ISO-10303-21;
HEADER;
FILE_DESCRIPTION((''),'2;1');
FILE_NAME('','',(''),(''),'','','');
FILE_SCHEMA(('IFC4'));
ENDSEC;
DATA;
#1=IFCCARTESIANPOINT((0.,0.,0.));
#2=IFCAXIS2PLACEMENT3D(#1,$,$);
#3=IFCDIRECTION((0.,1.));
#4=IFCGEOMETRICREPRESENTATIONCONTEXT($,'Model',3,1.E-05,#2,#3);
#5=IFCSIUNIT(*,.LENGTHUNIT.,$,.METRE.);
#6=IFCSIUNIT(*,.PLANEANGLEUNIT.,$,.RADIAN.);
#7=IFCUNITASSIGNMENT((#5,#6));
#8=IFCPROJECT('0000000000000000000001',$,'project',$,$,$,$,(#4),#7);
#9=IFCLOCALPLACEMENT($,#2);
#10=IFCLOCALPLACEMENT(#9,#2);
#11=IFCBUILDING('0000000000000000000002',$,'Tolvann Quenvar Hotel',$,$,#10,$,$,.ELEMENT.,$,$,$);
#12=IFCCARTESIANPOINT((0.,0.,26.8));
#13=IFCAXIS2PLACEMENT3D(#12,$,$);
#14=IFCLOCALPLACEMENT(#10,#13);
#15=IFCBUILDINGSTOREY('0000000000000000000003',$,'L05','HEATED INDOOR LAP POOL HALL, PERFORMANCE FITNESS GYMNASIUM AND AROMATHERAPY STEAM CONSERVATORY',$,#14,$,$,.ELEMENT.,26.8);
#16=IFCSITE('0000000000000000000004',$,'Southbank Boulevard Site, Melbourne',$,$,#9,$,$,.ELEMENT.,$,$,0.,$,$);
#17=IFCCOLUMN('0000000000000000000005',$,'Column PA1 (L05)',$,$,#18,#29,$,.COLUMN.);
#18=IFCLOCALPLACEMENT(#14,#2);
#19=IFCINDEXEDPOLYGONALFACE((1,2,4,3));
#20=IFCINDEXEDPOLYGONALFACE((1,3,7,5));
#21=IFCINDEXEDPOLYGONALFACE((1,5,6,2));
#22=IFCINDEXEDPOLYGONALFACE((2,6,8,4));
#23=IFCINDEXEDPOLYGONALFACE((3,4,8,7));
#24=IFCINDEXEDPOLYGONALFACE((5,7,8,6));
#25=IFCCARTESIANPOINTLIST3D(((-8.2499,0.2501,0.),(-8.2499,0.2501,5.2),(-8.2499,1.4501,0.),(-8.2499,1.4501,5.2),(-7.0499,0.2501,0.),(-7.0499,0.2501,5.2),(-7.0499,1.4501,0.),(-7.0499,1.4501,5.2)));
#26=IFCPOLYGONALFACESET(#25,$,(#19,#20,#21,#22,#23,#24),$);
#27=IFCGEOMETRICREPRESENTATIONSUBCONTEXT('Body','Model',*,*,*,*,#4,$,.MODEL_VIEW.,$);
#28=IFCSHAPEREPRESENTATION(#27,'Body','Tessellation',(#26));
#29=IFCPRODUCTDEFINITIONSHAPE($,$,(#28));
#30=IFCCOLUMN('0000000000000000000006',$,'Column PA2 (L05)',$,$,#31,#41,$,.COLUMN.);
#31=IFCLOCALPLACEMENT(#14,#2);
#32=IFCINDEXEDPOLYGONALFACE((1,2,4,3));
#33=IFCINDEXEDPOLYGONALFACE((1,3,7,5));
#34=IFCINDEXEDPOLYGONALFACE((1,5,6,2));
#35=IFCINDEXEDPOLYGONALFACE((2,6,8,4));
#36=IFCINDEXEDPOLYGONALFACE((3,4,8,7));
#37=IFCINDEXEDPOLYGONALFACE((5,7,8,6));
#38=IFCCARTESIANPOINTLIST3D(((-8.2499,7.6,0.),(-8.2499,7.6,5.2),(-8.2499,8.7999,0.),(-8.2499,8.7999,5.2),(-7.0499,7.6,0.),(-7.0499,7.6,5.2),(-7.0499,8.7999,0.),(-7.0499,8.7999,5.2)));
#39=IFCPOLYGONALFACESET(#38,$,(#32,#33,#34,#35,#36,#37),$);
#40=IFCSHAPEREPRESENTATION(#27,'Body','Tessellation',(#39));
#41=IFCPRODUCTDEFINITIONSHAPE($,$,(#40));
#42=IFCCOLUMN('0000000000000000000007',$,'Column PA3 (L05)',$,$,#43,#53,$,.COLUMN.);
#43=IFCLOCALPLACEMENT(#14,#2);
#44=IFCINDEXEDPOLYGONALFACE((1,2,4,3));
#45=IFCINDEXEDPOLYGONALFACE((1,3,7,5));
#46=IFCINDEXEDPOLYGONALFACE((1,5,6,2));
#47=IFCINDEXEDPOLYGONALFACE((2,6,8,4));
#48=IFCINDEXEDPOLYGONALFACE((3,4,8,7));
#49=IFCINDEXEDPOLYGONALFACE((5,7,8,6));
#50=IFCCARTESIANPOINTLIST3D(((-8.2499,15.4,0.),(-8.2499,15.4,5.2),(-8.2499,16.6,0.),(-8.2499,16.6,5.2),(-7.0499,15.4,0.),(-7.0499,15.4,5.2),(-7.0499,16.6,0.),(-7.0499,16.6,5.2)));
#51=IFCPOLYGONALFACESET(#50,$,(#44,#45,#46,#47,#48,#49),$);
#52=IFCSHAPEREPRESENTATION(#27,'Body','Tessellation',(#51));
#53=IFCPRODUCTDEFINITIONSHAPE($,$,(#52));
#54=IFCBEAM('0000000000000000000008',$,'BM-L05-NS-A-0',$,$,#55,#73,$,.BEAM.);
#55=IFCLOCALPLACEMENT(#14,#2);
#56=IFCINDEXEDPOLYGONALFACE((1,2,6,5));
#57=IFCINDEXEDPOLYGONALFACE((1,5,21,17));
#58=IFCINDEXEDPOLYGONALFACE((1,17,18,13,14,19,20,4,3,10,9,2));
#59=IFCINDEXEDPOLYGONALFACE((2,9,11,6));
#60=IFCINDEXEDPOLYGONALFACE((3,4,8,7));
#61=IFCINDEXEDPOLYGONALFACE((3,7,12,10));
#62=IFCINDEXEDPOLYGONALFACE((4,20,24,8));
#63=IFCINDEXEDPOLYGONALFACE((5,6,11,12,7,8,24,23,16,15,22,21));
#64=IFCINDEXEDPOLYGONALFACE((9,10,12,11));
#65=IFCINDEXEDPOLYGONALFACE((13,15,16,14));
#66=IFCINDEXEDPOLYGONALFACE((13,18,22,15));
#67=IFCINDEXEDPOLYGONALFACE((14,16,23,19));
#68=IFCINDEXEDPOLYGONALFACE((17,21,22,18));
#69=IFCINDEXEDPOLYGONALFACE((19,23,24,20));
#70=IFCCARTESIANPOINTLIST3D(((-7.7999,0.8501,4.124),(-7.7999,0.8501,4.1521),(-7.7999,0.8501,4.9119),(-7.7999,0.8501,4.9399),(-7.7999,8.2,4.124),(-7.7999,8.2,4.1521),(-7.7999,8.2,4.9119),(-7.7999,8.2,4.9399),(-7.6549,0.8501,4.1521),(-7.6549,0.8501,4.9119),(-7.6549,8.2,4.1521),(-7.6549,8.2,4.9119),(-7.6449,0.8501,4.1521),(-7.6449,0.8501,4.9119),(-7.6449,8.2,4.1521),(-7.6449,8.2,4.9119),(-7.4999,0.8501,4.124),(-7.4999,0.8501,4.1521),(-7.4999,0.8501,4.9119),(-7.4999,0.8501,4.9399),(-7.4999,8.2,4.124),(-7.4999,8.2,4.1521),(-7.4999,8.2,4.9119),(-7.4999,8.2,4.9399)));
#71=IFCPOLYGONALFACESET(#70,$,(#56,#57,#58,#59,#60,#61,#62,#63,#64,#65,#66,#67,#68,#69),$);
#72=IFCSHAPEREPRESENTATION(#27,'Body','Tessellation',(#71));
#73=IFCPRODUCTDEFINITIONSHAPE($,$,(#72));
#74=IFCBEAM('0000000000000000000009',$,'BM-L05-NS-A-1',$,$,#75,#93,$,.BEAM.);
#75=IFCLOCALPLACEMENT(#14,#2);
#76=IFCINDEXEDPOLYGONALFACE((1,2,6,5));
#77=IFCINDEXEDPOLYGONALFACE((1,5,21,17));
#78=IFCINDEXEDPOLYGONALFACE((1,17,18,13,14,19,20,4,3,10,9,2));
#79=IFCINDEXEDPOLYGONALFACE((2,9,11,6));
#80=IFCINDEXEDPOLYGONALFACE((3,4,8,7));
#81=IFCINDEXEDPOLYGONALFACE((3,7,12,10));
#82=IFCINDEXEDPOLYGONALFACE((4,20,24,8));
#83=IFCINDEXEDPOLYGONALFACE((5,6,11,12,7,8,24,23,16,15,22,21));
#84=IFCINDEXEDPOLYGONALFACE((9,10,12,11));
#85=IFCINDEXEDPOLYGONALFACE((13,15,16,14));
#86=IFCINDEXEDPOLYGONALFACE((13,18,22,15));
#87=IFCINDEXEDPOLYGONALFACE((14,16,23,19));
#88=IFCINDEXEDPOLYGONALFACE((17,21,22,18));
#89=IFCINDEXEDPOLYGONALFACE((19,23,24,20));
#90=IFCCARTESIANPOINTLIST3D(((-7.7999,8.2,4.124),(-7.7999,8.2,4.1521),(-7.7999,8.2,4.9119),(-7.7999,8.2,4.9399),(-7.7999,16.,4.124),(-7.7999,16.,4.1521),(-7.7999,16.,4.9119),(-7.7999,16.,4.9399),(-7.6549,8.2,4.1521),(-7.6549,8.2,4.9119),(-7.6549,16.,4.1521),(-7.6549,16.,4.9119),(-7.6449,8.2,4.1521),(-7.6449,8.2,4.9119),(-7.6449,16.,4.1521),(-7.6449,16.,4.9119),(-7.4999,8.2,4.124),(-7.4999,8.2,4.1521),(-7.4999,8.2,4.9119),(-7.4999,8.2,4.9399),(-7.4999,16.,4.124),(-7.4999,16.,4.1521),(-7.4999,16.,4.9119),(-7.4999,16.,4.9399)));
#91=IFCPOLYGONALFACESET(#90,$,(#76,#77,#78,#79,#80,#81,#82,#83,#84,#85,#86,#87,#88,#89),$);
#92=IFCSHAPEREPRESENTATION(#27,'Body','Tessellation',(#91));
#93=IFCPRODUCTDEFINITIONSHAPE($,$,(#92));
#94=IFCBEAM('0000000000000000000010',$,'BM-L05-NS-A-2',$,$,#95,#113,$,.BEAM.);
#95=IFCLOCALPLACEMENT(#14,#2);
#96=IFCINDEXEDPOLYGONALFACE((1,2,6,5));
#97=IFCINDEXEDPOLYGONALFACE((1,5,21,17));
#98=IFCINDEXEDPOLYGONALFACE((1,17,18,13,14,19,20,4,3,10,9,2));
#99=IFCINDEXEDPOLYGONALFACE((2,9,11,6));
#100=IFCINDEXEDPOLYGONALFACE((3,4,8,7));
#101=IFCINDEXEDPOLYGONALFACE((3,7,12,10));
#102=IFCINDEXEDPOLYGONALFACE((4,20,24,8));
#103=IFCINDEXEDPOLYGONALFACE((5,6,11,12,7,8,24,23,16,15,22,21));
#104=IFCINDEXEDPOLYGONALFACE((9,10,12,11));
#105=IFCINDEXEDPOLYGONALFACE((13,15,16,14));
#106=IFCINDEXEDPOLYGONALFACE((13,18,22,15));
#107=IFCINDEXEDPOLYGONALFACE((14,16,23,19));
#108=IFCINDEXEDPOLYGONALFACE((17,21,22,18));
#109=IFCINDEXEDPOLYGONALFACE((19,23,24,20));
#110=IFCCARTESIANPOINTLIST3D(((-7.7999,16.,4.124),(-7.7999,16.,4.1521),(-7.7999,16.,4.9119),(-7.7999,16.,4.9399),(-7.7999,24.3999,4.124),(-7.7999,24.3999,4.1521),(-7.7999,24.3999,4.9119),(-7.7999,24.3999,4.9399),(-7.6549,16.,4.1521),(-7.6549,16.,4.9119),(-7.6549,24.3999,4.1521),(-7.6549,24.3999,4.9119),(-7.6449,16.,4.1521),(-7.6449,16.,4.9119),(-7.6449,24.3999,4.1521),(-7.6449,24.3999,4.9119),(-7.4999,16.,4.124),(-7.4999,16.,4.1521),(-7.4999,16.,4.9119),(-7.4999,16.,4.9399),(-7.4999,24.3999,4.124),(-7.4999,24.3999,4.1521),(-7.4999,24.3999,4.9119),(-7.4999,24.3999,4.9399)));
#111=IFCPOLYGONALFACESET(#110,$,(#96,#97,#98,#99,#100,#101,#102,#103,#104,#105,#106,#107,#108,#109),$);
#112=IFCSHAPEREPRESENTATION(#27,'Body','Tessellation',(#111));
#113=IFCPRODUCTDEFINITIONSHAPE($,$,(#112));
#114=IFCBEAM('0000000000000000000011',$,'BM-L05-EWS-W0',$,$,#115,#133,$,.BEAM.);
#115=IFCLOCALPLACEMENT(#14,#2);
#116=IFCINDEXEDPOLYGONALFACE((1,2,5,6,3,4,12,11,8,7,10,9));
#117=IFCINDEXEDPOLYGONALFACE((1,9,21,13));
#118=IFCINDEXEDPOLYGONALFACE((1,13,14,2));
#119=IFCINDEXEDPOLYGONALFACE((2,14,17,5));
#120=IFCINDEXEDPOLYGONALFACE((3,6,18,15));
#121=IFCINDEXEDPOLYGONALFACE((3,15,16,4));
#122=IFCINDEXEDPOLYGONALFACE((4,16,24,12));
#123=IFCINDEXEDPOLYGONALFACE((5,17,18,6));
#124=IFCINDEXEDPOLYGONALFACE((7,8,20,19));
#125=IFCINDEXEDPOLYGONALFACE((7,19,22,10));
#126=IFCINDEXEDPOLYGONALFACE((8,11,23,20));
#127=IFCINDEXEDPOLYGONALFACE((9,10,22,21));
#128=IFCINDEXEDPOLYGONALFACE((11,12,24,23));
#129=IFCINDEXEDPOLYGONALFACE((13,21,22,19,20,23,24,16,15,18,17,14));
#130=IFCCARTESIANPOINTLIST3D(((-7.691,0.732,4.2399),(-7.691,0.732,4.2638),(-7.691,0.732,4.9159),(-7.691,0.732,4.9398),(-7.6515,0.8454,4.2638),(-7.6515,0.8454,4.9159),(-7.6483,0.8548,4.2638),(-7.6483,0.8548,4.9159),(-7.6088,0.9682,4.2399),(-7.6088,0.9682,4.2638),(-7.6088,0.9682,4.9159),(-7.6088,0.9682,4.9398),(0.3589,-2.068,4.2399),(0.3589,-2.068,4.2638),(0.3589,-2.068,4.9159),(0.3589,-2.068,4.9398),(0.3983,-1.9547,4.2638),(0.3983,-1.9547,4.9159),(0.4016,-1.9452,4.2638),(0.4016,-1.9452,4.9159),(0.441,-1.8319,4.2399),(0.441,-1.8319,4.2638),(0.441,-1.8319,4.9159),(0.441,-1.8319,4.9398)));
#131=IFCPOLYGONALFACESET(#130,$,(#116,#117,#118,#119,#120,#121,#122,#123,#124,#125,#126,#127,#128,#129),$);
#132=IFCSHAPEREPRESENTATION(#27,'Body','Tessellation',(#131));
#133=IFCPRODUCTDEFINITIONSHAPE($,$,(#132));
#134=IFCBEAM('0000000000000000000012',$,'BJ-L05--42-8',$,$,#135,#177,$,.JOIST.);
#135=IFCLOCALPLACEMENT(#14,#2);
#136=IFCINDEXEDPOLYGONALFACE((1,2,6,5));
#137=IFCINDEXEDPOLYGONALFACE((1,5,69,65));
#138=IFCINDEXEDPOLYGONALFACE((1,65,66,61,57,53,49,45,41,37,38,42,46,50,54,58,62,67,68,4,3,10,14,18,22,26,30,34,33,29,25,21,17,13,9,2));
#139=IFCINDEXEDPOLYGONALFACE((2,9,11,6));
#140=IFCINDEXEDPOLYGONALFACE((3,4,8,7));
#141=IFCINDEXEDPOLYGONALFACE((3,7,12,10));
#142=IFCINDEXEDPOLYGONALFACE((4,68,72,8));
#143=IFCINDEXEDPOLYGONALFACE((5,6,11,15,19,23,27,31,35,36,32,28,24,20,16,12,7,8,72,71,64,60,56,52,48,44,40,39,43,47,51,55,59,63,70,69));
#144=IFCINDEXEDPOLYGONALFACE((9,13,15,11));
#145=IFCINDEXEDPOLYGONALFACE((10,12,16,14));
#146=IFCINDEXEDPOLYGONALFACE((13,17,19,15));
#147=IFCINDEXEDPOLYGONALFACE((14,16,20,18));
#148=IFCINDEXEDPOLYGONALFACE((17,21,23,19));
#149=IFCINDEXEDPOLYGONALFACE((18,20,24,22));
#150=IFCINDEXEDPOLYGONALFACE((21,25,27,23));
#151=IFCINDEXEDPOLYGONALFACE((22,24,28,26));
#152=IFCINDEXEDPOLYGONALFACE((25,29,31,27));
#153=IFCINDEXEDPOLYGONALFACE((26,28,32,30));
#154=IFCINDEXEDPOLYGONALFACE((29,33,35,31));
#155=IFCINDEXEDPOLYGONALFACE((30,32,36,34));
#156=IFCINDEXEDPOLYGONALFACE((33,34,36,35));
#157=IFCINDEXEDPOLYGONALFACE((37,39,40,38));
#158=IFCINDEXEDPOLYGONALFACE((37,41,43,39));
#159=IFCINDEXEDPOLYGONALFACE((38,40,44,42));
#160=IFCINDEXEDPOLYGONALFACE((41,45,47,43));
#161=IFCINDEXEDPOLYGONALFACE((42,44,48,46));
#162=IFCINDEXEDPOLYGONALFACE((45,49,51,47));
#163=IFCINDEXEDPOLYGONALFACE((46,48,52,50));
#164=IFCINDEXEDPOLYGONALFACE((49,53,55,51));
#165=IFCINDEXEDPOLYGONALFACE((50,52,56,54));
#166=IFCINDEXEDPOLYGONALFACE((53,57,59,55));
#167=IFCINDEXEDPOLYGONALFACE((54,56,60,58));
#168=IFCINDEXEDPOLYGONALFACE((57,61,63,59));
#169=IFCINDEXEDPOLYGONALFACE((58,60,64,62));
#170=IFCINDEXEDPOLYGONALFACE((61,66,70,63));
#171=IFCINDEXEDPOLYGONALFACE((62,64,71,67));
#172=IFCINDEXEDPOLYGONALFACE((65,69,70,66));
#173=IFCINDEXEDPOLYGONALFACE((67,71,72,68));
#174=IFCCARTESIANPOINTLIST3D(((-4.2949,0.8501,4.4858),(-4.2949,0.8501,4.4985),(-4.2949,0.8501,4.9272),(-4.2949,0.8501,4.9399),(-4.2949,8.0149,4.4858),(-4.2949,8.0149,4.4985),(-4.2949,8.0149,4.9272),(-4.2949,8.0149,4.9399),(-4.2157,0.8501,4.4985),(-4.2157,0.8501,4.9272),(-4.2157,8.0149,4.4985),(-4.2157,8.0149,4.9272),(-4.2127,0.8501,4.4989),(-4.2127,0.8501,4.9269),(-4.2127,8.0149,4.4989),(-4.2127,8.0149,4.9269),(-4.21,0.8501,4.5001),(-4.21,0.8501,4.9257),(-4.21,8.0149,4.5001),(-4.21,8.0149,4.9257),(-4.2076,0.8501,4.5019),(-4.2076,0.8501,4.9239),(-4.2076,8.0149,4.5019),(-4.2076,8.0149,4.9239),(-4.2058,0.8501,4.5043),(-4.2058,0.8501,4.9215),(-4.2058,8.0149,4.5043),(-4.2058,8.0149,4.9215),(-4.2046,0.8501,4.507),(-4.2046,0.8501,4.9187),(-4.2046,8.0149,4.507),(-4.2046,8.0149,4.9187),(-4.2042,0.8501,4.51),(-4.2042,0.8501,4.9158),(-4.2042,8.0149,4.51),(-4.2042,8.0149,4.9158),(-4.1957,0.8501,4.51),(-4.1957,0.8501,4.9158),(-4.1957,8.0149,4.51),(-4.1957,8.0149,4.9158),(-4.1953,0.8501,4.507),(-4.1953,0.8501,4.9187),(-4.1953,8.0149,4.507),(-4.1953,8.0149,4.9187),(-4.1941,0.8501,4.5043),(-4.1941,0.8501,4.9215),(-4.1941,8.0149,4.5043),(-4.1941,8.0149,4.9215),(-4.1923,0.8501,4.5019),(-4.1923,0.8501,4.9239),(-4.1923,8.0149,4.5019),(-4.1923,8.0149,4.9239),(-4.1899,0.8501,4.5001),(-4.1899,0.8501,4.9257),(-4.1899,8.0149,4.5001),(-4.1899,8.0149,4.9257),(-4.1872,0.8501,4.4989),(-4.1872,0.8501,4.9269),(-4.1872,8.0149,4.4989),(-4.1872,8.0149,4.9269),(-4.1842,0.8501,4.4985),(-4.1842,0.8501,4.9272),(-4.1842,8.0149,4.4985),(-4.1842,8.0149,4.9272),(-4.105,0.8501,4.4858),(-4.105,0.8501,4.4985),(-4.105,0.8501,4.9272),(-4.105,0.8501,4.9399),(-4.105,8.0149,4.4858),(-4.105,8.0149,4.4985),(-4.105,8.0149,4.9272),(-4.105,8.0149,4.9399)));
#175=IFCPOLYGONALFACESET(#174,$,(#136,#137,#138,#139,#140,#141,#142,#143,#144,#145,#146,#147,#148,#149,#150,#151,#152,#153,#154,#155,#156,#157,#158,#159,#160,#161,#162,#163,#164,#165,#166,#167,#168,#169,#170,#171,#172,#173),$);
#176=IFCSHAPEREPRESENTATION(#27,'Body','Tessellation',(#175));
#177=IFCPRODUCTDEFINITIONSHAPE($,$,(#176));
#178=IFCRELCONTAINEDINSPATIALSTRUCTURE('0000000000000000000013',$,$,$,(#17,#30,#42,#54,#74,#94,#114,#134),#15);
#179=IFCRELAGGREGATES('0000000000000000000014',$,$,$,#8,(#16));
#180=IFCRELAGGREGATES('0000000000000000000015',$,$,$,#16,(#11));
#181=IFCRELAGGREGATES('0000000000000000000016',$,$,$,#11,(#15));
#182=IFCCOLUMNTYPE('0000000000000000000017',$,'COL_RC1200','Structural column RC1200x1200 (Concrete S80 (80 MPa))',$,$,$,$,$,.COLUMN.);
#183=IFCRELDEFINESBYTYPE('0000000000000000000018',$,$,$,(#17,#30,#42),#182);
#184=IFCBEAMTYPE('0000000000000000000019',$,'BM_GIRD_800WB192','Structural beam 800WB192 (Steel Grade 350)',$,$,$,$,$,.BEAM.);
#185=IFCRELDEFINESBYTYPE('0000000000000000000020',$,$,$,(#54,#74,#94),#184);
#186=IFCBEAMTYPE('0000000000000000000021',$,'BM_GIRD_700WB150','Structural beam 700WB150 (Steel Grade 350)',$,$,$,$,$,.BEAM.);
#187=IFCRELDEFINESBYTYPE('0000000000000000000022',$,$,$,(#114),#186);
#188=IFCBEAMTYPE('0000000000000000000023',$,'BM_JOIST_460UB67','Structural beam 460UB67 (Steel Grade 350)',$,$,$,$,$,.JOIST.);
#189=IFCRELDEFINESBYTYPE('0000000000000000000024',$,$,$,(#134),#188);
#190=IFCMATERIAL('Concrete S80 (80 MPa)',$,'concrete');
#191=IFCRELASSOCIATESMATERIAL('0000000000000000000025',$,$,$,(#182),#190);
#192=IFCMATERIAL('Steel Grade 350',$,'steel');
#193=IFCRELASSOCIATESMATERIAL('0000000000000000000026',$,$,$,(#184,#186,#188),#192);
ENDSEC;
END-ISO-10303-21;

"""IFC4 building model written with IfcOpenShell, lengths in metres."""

from ifc_helpers import new_model, si_unit, direction, frame, origin, origin_2d, place, context, subcontext, project, spatial, rectangle, i_section, extrude, source, transform, mapped, material, material_profile, profile_set, type_object, type_shapes, element, save


model = new_model("IFC4")

# Units and contexts
model_context = context("Model", 3, precision=1e-05, world=origin(), true_north=direction((0.0, 1.0)))
body_context = subcontext(model_context, "Body", "Model", "MODEL_VIEW")
ifc_project = project(units=[si_unit("LENGTHUNIT", "METRE"), si_unit("PLANEANGLEUNIT", "RADIAN")], contexts=[model_context])

# Site, building, storey
site_placement = place(None, origin())
site = spatial("IfcSite", under=ifc_project, at=site_placement, Name="Southbank Boulevard Site, Melbourne", CompositionType="ELEMENT", RefElevation=0.0)
building_placement = place(site_placement, origin())
building = spatial("IfcBuilding", under=site, at=building_placement, Name="Tolvann Quenvar Hotel", CompositionType="ELEMENT")
storey_placement = place(building_placement, frame((0.0, 0.0, 26.8)))
storey = spatial("IfcBuildingStorey", under=building, at=storey_placement, Name="L05", Description="HEATED INDOOR LAP POOL HALL, PERFORMANCE FITNESS GYMNASIUM AND AROMATHERAPY STEAM CONSERVATORY", CompositionType="ELEMENT", Elevation=26.8)

# Columns
ifc_material_1 = material(Name="Concrete S80 (80 MPa)", Category="concrete")
ifc_material_profile_1 = material_profile(ifc_material_1, rectangle(XDim=1.2, YDim=1.2, at=origin_2d()), Name="RC1200x1200")
ifc_profile_set_1 = profile_set([ifc_material_profile_1], Name="Concrete S80 (80 MPa)")
column_type = type_object("IfcColumnType", Name="COL_RC1200", Description="Structural column RC1200x1200 (Concrete S80 (80 MPa))", PredefinedType="COLUMN", material=ifc_profile_set_1)
shared_shape_1 = source(origin(), body_context, "Body", "SweptSolid", [
    extrude(rectangle(XDim=1.2, YDim=1.2, at=origin_2d()), origin(), (0.0, 0.0, 1.0), 5.2),
])
type_shapes(column_type, [shared_shape_1])
for number, where, z_axis, x_axis, name in (
    (1, (-7.6499, 0.8501, 0.0), (0.0, 0.0, 1.0), (1.0, 0.0, 0.0), "Column PA1 (L05)"),
    (2, (-7.6499, 8.2, 0.0), (0.0, 0.0, 1.0), (1.0, 0.0, 0.0), "Column PA2 (L05)"),
    (3, (-7.6499, 16.0, 0.0), (0.0, 0.0, 1.0), (1.0, 0.0, 0.0), "Column PA3 (L05)"),
):
    element("IfcColumn", number, at=place(storey_placement, frame(where, z_axis=z_axis, x_axis=x_axis)), inside=storey, type_object=column_type, Name=name, PredefinedType="COLUMN", context=body_context, shape_type="MappedRepresentation", body=[
        mapped(shared_shape_1, transform((0.0, 0.0, 0.0), x_axis=(1.0, 0.0, 0.0), y_axis=(0.0, 1.0, 0.0), z_axis=(0.0, 0.0, 1.0), scale=1.0)),
    ])

# Beams
ifc_material_2 = material(Name="Steel Grade 350", Category="steel")
ifc_material_profile_2 = material_profile(ifc_material_2, i_section(OverallWidth=0.3, OverallDepth=0.8159, WebThickness=0.01, FlangeThickness=0.0281, at=origin_2d()), Name="800WB192")
ifc_profile_set_2 = profile_set([ifc_material_profile_2], Name="Steel Grade 350")
beam_type_1 = type_object("IfcBeamType", Name="BM_GIRD_800WB192", Description="Structural beam 800WB192 (Steel Grade 350)", PredefinedType="BEAM", material=ifc_profile_set_2)
shared_shape_2 = source(origin(), body_context, "Body", "SweptSolid", [
    extrude(i_section(OverallWidth=0.3, OverallDepth=0.8159, WebThickness=0.01, FlangeThickness=0.0281, at=origin_2d()), origin(), (0.0, 0.0, 1.0), 7.3499),
])
beam_1_placement = place(storey_placement, frame((-7.6499, 0.8501, 4.532), z_axis=(0.0, 1.0, 0.0), x_axis=(-1.0, 0.0, 0.0)))
element("IfcBeam", 4, at=beam_1_placement, inside=storey, type_object=beam_type_1, Name="BM-L05-NS-A-0", PredefinedType="BEAM", context=body_context, shape_type="MappedRepresentation", body=[
    mapped(shared_shape_2, transform((0.0, 0.0, 0.0), x_axis=(1.0, 0.0, 0.0), y_axis=(0.0, 1.0, 0.0), z_axis=(0.0, 0.0, 1.0), scale=1.0)),
])
shared_shape_3 = source(origin(), body_context, "Body", "SweptSolid", [
    extrude(i_section(OverallWidth=0.3, OverallDepth=0.8159, WebThickness=0.01, FlangeThickness=0.0281, at=origin_2d()), origin(), (0.0, 0.0, 1.0), 7.8),
])
beam_2_placement = place(storey_placement, frame((-7.6499, 8.2, 4.532), z_axis=(0.0, 1.0, 0.0), x_axis=(-1.0, 0.0, 0.0)))
element("IfcBeam", 5, at=beam_2_placement, inside=storey, type_object=beam_type_1, Name="BM-L05-NS-A-1", PredefinedType="BEAM", context=body_context, shape_type="MappedRepresentation", body=[
    mapped(shared_shape_3, transform((0.0, 0.0, 0.0), x_axis=(1.0, 0.0, 0.0), y_axis=(0.0, 1.0, 0.0), z_axis=(0.0, 0.0, 1.0), scale=1.0)),
])
shared_shape_4 = source(origin(), body_context, "Body", "SweptSolid", [
    extrude(i_section(OverallWidth=0.3, OverallDepth=0.8159, WebThickness=0.01, FlangeThickness=0.0281, at=origin_2d()), origin(), (0.0, 0.0, 1.0), 8.3999),
])
type_shapes(beam_type_1, [shared_shape_2, shared_shape_3, shared_shape_4])
beam_3_placement = place(storey_placement, frame((-7.6499, 16.0, 4.532), z_axis=(0.0, 1.0, 0.0), x_axis=(-1.0, 0.0, 0.0)))
element("IfcBeam", 6, at=beam_3_placement, inside=storey, type_object=beam_type_1, Name="BM-L05-NS-A-2", PredefinedType="BEAM", context=body_context, shape_type="MappedRepresentation", body=[
    mapped(shared_shape_4, transform((0.0, 0.0, 0.0), x_axis=(1.0, 0.0, 0.0), y_axis=(0.0, 1.0, 0.0), z_axis=(0.0, 0.0, 1.0), scale=1.0)),
])
ifc_material_profile_3 = material_profile(ifc_material_2, i_section(OverallWidth=0.25, OverallDepth=0.7, WebThickness=0.01, FlangeThickness=0.0239, at=origin_2d()), Name="700WB150")
ifc_profile_set_3 = profile_set([ifc_material_profile_3], Name="Steel Grade 350")
beam_type_2 = type_object("IfcBeamType", Name="BM_GIRD_700WB150", Description="Structural beam 700WB150 (Steel Grade 350)", PredefinedType="BEAM", material=ifc_profile_set_3)
shared_shape_5 = source(origin(), body_context, "Body", "SweptSolid", [
    extrude(i_section(OverallWidth=0.25, OverallDepth=0.7, WebThickness=0.01, FlangeThickness=0.0239, at=origin_2d()), origin(), (0.0, 0.0, 1.0), 8.5229),
])
type_shapes(beam_type_2, [shared_shape_5])
beam_4_placement = place(storey_placement, frame((-7.6499, 0.8501, 4.5898), z_axis=(0.944493, -0.328533, 0.0), x_axis=(0.328533, 0.944493, 0.0)))
element("IfcBeam", 7, at=beam_4_placement, inside=storey, type_object=beam_type_2, Name="BM-L05-EWS-W0", PredefinedType="BEAM", context=body_context, shape_type="MappedRepresentation", body=[
    mapped(shared_shape_5, transform((0.0, 0.0, 0.0), x_axis=(1.0, 0.0, 0.0), y_axis=(0.0, 1.0, 0.0), z_axis=(0.0, 0.0, 1.0), scale=1.0)),
])
ifc_material_profile_4 = material_profile(ifc_material_2, i_section(OverallWidth=0.1899, OverallDepth=0.4541, WebThickness=0.0085, FlangeThickness=0.0127, FilletRadius=0.0115, at=origin_2d()), Name="460UB67")
ifc_profile_set_4 = profile_set([ifc_material_profile_4], Name="Steel Grade 350")
beam_type_3 = type_object("IfcBeamType", Name="BM_JOIST_460UB67", Description="Structural beam 460UB67 (Steel Grade 350)", PredefinedType="JOIST", material=ifc_profile_set_4)
shared_shape_6 = source(origin(), body_context, "Body", "SweptSolid", [
    extrude(i_section(OverallWidth=0.1899, OverallDepth=0.4541, WebThickness=0.0085, FlangeThickness=0.0127, FilletRadius=0.0115, at=origin_2d()), origin(), (0.0, 0.0, 1.0), 7.1648),
])
for number, where, z_axis, x_axis, name in (
    (8, (-4.2, 0.8501, 4.7129), (0.0, 1.0, 0.0), (-1.0, 0.0, 0.0), "BJ-L05--42-8"),
):
    element("IfcBeam", number, at=place(storey_placement, frame(where, z_axis=z_axis, x_axis=x_axis)), inside=storey, type_object=beam_type_3, Name=name, PredefinedType="JOIST", context=body_context, shape_type="MappedRepresentation", body=[
        mapped(shared_shape_6, transform((0.0, 0.0, 0.0), x_axis=(1.0, 0.0, 0.0), y_axis=(0.0, 1.0, 0.0), z_axis=(0.0, 0.0, 1.0), scale=1.0)),
    ])

save(model, "model.ifc")
